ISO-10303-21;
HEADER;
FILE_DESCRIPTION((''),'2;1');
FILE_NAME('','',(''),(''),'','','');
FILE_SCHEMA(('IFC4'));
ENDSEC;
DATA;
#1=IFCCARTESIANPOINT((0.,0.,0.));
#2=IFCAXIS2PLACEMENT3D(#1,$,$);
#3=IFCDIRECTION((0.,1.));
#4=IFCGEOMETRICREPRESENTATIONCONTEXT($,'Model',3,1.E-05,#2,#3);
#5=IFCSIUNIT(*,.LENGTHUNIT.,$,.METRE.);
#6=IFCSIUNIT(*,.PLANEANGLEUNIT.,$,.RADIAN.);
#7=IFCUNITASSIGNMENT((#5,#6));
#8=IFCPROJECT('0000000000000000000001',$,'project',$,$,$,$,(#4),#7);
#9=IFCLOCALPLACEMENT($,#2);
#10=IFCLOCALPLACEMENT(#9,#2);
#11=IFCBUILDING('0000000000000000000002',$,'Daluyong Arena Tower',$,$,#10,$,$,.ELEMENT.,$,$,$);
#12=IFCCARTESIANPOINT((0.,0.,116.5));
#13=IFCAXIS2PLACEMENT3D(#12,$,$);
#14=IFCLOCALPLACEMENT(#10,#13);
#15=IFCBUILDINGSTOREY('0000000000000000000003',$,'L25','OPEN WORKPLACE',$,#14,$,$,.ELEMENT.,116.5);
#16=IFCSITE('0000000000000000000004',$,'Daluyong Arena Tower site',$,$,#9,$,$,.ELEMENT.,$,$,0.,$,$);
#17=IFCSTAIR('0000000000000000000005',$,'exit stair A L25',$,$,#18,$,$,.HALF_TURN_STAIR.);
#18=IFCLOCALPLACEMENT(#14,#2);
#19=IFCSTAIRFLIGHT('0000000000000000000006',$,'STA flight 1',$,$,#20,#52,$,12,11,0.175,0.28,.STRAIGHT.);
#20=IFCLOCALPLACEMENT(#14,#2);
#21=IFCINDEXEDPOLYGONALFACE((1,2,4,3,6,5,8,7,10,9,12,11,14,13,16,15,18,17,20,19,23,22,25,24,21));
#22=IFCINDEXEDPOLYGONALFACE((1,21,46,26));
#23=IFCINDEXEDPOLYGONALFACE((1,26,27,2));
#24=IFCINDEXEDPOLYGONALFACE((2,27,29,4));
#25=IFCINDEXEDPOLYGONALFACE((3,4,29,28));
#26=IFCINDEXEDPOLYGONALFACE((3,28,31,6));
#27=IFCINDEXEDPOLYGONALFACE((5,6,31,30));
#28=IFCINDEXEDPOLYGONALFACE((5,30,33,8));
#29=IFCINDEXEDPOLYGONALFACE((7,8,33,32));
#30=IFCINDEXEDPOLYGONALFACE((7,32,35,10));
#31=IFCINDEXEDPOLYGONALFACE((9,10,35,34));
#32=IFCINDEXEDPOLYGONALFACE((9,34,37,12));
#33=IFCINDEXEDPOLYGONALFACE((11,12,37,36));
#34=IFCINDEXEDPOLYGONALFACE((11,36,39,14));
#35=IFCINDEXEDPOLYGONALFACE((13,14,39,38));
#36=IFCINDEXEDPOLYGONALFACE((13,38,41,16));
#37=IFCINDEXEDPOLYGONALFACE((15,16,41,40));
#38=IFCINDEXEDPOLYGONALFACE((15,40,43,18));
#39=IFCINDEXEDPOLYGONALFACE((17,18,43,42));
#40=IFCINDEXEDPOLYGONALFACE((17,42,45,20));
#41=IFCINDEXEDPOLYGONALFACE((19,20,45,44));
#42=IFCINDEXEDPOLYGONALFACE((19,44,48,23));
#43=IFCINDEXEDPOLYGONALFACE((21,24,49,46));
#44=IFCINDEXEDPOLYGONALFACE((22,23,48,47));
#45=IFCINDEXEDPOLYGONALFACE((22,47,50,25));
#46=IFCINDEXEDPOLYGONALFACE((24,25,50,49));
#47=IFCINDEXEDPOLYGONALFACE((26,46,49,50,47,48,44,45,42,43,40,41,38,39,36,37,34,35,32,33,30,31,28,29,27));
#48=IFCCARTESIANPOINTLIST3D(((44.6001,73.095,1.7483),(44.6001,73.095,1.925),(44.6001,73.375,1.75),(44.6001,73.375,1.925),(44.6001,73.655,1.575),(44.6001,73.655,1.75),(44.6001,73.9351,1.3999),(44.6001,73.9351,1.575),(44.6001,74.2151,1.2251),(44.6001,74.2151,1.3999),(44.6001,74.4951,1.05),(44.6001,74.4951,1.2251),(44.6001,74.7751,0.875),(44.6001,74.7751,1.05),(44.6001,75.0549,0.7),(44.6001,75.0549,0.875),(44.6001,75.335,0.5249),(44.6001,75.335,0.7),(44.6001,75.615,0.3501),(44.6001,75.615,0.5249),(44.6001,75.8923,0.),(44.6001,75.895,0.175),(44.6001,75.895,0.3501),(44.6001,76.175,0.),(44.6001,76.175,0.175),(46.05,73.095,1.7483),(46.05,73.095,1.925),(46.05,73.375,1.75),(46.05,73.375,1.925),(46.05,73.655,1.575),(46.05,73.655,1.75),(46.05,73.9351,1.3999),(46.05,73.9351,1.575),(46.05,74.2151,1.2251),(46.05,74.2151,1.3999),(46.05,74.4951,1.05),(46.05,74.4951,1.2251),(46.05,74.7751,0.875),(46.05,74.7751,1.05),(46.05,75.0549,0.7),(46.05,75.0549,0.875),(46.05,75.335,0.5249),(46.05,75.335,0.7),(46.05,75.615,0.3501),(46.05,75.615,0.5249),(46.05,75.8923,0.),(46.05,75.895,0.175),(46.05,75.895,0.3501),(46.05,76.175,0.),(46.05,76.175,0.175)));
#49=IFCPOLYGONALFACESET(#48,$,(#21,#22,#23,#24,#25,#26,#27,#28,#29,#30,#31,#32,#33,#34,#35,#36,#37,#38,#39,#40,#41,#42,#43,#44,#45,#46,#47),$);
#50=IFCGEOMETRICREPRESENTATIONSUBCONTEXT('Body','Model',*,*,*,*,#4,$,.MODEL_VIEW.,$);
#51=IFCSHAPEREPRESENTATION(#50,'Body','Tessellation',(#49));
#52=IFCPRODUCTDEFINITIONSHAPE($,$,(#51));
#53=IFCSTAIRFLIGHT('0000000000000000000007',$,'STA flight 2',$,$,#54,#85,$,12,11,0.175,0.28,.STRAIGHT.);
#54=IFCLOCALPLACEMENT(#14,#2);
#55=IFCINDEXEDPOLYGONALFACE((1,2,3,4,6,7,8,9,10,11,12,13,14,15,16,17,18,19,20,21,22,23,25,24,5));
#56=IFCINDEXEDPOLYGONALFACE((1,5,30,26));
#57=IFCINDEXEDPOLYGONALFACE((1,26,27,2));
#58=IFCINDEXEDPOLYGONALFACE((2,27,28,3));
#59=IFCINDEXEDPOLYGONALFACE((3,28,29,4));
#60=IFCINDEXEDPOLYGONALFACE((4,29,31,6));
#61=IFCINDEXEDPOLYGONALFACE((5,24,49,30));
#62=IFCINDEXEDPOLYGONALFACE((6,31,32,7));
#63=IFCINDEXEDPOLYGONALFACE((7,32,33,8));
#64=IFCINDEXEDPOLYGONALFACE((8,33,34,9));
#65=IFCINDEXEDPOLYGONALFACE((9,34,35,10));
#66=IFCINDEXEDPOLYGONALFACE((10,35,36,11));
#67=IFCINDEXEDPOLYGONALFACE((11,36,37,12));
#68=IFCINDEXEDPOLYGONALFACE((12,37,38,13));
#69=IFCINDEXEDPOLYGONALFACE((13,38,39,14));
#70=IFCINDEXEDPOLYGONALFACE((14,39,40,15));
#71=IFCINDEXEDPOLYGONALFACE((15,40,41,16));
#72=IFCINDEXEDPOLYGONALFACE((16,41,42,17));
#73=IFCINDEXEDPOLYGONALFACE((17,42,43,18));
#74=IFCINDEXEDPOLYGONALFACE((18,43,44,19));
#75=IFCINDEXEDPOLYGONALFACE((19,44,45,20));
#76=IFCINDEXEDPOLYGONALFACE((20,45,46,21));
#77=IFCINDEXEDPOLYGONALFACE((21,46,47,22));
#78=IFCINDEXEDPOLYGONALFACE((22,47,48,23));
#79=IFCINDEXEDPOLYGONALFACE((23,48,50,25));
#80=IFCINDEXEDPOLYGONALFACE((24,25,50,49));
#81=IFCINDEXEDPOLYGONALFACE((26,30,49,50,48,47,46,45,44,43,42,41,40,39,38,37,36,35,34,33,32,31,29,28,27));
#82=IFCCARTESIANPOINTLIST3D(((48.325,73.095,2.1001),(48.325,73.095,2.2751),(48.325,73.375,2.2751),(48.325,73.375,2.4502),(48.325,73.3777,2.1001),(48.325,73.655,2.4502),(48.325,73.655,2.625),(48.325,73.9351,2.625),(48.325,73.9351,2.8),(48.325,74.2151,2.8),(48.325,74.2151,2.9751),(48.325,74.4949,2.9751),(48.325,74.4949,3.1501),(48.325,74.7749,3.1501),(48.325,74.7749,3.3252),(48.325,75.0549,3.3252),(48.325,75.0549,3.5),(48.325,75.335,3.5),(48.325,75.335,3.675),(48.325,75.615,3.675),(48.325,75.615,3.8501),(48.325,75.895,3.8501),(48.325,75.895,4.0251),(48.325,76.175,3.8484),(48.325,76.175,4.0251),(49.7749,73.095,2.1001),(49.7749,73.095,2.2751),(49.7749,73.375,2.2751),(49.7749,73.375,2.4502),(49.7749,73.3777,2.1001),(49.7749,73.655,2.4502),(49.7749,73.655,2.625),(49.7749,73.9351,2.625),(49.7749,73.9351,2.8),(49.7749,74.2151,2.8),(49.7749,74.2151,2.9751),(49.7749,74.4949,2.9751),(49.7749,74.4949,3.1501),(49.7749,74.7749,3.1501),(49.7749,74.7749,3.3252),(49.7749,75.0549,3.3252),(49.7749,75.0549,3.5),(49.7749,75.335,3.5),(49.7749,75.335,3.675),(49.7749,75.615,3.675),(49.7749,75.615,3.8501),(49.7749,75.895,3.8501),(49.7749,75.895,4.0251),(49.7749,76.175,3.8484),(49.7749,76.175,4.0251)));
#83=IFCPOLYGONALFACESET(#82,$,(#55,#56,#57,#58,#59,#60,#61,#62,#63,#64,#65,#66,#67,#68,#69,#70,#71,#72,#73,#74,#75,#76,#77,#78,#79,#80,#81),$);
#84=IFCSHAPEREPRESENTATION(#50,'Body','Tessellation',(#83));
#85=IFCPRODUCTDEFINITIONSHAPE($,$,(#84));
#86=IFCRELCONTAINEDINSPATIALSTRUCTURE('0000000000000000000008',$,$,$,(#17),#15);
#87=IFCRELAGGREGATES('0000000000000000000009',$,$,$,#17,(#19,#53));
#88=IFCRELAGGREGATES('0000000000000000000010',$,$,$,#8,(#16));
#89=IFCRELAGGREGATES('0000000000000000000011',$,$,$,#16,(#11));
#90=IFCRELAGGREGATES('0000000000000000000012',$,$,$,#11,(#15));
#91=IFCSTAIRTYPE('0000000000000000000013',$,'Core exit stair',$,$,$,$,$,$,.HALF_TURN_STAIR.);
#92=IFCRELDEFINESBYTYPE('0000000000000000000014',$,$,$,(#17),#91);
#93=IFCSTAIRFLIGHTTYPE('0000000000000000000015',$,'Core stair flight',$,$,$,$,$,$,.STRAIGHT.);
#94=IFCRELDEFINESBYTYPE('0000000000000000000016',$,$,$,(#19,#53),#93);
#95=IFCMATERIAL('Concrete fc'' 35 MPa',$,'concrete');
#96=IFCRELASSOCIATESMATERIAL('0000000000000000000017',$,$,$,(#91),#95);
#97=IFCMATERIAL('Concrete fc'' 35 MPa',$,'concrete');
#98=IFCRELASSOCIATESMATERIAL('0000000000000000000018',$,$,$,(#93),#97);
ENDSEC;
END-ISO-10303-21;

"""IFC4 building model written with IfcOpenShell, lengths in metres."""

from ifc_helpers import new_model, si_unit, direction, frame, origin, place, context, subcontext, project, spatial, polyline, outline, extrude, material, type_object, element, aggregate, save


model = new_model("IFC4")

# Units and contexts
model_context = context("Model", 3, precision=1e-05, world=origin(), true_north=direction((0.0, 1.0)))
body_context = subcontext(model_context, "Body", "Model", "MODEL_VIEW")
ifc_project = project(units=[si_unit("LENGTHUNIT", "METRE"), si_unit("PLANEANGLEUNIT", "RADIAN")], contexts=[model_context])

# Site, building, storey
site_placement = place(None, origin())
site = spatial("IfcSite", under=ifc_project, at=site_placement, Name="Daluyong Arena Tower site", CompositionType="ELEMENT", RefElevation=0.0)
building_placement = place(site_placement, origin())
building = spatial("IfcBuilding", under=site, at=building_placement, Name="Daluyong Arena Tower", CompositionType="ELEMENT")
storey_placement = place(building_placement, frame((0.0, 0.0, 116.5)))
storey = spatial("IfcBuildingStorey", under=building, at=storey_placement, Name="L25", Description="OPEN WORKPLACE", CompositionType="ELEMENT", Elevation=116.5)

# Stair, stair flights
ifc_material_1 = material(Name="Concrete fc' 35 MPa", Category="concrete")
stair_type = type_object("IfcStairType", Name="Core exit stair", PredefinedType="HALF_TURN_STAIR", material=ifc_material_1)
stair_placement = place(storey_placement, origin())
stair = element("IfcStair", 1, at=stair_placement, inside=storey, type_object=stair_type, Name="exit stair A L25", PredefinedType="HALF_TURN_STAIR")
ifc_material_2 = material(Name="Concrete fc' 35 MPa", Category="concrete")
stair_flight_type = type_object("IfcStairFlightType", Name="Core stair flight", PredefinedType="STRAIGHT", material=ifc_material_2)
stair_flight_1_placement = place(storey_placement, frame((45.325, 76.175, 0.0), z_axis=(0.0, 0.0, 1.0), x_axis=(0.0, -1.0, 0.0)))
stair_flight_1 = element("IfcStairFlight", 2, at=stair_flight_1_placement, type_object=stair_flight_type, Name="STA flight 1", NumberOfRisers=12, NumberOfTreads=11, PredefinedType="STRAIGHT", RiserHeight=0.175, TreadLength=0.28, context=body_context, shape_type="SweptSolid", body=[
    extrude(outline(polyline([(0.0, 0.0), (0.0, 0.175), (0.28, 0.175), (0.28, 0.3501), (0.5601, 0.3501), (0.5601, 0.5249), (0.8401, 0.5249), (0.8401, 0.7), (1.1201, 0.7), (1.1201, 0.875), (1.3999, 0.875), (1.3999, 1.05), (1.6799, 1.05), (1.6799, 1.2251), (1.96, 1.2251), (1.96, 1.3999), (2.24, 1.3999), (2.24, 1.575), (2.52, 1.575), (2.52, 1.75), (2.8, 1.75), (2.8, 1.925), (3.0801, 1.925), (3.0801, 2.1001), (3.0801, 1.7483), (0.2827, 0.0), (0.0, 0.0)])), frame((0.0, 0.7251, 0.0), z_axis=(0.0, -1.0, 0.0), x_axis=(1.0, 0.0, 0.0)), (0.0, 0.0, 1.0), 1.45),
])
stair_flight_2_placement = place(storey_placement, frame((49.05, 73.095, 2.1001), z_axis=(0.0, 0.0, 1.0), x_axis=(0.0, 1.0, 0.0)))
stair_flight_2 = element("IfcStairFlight", 3, at=stair_flight_2_placement, type_object=stair_flight_type, Name="STA flight 2", NumberOfRisers=12, NumberOfTreads=11, PredefinedType="STRAIGHT", RiserHeight=0.175, TreadLength=0.28, context=body_context, shape_type="SweptSolid", body=[
    extrude(outline(polyline([(0.0, 0.0), (0.0, 0.175), (0.28, 0.175), (0.28, 0.3501), (0.5601, 0.3501), (0.5601, 0.5249), (0.8401, 0.5249), (0.8401, 0.7), (1.1201, 0.7), (1.1201, 0.875), (1.3999, 0.875), (1.3999, 1.05), (1.6799, 1.05), (1.6799, 1.2251), (1.96, 1.2251), (1.96, 1.3999), (2.24, 1.3999), (2.24, 1.575), (2.52, 1.575), (2.52, 1.75), (2.8, 1.75), (2.8, 1.925), (3.0801, 1.925), (3.0801, 2.1001), (3.0801, 1.7483), (0.2827, 0.0), (0.0, 0.0)])), frame((0.0, 0.7251, 0.0), z_axis=(0.0, -1.0, 0.0), x_axis=(1.0, 0.0, 0.0)), (0.0, 0.0, 1.0), 1.45),
])
aggregate(stair, [stair_flight_1, stair_flight_2])

save(model, "model.ifc")
